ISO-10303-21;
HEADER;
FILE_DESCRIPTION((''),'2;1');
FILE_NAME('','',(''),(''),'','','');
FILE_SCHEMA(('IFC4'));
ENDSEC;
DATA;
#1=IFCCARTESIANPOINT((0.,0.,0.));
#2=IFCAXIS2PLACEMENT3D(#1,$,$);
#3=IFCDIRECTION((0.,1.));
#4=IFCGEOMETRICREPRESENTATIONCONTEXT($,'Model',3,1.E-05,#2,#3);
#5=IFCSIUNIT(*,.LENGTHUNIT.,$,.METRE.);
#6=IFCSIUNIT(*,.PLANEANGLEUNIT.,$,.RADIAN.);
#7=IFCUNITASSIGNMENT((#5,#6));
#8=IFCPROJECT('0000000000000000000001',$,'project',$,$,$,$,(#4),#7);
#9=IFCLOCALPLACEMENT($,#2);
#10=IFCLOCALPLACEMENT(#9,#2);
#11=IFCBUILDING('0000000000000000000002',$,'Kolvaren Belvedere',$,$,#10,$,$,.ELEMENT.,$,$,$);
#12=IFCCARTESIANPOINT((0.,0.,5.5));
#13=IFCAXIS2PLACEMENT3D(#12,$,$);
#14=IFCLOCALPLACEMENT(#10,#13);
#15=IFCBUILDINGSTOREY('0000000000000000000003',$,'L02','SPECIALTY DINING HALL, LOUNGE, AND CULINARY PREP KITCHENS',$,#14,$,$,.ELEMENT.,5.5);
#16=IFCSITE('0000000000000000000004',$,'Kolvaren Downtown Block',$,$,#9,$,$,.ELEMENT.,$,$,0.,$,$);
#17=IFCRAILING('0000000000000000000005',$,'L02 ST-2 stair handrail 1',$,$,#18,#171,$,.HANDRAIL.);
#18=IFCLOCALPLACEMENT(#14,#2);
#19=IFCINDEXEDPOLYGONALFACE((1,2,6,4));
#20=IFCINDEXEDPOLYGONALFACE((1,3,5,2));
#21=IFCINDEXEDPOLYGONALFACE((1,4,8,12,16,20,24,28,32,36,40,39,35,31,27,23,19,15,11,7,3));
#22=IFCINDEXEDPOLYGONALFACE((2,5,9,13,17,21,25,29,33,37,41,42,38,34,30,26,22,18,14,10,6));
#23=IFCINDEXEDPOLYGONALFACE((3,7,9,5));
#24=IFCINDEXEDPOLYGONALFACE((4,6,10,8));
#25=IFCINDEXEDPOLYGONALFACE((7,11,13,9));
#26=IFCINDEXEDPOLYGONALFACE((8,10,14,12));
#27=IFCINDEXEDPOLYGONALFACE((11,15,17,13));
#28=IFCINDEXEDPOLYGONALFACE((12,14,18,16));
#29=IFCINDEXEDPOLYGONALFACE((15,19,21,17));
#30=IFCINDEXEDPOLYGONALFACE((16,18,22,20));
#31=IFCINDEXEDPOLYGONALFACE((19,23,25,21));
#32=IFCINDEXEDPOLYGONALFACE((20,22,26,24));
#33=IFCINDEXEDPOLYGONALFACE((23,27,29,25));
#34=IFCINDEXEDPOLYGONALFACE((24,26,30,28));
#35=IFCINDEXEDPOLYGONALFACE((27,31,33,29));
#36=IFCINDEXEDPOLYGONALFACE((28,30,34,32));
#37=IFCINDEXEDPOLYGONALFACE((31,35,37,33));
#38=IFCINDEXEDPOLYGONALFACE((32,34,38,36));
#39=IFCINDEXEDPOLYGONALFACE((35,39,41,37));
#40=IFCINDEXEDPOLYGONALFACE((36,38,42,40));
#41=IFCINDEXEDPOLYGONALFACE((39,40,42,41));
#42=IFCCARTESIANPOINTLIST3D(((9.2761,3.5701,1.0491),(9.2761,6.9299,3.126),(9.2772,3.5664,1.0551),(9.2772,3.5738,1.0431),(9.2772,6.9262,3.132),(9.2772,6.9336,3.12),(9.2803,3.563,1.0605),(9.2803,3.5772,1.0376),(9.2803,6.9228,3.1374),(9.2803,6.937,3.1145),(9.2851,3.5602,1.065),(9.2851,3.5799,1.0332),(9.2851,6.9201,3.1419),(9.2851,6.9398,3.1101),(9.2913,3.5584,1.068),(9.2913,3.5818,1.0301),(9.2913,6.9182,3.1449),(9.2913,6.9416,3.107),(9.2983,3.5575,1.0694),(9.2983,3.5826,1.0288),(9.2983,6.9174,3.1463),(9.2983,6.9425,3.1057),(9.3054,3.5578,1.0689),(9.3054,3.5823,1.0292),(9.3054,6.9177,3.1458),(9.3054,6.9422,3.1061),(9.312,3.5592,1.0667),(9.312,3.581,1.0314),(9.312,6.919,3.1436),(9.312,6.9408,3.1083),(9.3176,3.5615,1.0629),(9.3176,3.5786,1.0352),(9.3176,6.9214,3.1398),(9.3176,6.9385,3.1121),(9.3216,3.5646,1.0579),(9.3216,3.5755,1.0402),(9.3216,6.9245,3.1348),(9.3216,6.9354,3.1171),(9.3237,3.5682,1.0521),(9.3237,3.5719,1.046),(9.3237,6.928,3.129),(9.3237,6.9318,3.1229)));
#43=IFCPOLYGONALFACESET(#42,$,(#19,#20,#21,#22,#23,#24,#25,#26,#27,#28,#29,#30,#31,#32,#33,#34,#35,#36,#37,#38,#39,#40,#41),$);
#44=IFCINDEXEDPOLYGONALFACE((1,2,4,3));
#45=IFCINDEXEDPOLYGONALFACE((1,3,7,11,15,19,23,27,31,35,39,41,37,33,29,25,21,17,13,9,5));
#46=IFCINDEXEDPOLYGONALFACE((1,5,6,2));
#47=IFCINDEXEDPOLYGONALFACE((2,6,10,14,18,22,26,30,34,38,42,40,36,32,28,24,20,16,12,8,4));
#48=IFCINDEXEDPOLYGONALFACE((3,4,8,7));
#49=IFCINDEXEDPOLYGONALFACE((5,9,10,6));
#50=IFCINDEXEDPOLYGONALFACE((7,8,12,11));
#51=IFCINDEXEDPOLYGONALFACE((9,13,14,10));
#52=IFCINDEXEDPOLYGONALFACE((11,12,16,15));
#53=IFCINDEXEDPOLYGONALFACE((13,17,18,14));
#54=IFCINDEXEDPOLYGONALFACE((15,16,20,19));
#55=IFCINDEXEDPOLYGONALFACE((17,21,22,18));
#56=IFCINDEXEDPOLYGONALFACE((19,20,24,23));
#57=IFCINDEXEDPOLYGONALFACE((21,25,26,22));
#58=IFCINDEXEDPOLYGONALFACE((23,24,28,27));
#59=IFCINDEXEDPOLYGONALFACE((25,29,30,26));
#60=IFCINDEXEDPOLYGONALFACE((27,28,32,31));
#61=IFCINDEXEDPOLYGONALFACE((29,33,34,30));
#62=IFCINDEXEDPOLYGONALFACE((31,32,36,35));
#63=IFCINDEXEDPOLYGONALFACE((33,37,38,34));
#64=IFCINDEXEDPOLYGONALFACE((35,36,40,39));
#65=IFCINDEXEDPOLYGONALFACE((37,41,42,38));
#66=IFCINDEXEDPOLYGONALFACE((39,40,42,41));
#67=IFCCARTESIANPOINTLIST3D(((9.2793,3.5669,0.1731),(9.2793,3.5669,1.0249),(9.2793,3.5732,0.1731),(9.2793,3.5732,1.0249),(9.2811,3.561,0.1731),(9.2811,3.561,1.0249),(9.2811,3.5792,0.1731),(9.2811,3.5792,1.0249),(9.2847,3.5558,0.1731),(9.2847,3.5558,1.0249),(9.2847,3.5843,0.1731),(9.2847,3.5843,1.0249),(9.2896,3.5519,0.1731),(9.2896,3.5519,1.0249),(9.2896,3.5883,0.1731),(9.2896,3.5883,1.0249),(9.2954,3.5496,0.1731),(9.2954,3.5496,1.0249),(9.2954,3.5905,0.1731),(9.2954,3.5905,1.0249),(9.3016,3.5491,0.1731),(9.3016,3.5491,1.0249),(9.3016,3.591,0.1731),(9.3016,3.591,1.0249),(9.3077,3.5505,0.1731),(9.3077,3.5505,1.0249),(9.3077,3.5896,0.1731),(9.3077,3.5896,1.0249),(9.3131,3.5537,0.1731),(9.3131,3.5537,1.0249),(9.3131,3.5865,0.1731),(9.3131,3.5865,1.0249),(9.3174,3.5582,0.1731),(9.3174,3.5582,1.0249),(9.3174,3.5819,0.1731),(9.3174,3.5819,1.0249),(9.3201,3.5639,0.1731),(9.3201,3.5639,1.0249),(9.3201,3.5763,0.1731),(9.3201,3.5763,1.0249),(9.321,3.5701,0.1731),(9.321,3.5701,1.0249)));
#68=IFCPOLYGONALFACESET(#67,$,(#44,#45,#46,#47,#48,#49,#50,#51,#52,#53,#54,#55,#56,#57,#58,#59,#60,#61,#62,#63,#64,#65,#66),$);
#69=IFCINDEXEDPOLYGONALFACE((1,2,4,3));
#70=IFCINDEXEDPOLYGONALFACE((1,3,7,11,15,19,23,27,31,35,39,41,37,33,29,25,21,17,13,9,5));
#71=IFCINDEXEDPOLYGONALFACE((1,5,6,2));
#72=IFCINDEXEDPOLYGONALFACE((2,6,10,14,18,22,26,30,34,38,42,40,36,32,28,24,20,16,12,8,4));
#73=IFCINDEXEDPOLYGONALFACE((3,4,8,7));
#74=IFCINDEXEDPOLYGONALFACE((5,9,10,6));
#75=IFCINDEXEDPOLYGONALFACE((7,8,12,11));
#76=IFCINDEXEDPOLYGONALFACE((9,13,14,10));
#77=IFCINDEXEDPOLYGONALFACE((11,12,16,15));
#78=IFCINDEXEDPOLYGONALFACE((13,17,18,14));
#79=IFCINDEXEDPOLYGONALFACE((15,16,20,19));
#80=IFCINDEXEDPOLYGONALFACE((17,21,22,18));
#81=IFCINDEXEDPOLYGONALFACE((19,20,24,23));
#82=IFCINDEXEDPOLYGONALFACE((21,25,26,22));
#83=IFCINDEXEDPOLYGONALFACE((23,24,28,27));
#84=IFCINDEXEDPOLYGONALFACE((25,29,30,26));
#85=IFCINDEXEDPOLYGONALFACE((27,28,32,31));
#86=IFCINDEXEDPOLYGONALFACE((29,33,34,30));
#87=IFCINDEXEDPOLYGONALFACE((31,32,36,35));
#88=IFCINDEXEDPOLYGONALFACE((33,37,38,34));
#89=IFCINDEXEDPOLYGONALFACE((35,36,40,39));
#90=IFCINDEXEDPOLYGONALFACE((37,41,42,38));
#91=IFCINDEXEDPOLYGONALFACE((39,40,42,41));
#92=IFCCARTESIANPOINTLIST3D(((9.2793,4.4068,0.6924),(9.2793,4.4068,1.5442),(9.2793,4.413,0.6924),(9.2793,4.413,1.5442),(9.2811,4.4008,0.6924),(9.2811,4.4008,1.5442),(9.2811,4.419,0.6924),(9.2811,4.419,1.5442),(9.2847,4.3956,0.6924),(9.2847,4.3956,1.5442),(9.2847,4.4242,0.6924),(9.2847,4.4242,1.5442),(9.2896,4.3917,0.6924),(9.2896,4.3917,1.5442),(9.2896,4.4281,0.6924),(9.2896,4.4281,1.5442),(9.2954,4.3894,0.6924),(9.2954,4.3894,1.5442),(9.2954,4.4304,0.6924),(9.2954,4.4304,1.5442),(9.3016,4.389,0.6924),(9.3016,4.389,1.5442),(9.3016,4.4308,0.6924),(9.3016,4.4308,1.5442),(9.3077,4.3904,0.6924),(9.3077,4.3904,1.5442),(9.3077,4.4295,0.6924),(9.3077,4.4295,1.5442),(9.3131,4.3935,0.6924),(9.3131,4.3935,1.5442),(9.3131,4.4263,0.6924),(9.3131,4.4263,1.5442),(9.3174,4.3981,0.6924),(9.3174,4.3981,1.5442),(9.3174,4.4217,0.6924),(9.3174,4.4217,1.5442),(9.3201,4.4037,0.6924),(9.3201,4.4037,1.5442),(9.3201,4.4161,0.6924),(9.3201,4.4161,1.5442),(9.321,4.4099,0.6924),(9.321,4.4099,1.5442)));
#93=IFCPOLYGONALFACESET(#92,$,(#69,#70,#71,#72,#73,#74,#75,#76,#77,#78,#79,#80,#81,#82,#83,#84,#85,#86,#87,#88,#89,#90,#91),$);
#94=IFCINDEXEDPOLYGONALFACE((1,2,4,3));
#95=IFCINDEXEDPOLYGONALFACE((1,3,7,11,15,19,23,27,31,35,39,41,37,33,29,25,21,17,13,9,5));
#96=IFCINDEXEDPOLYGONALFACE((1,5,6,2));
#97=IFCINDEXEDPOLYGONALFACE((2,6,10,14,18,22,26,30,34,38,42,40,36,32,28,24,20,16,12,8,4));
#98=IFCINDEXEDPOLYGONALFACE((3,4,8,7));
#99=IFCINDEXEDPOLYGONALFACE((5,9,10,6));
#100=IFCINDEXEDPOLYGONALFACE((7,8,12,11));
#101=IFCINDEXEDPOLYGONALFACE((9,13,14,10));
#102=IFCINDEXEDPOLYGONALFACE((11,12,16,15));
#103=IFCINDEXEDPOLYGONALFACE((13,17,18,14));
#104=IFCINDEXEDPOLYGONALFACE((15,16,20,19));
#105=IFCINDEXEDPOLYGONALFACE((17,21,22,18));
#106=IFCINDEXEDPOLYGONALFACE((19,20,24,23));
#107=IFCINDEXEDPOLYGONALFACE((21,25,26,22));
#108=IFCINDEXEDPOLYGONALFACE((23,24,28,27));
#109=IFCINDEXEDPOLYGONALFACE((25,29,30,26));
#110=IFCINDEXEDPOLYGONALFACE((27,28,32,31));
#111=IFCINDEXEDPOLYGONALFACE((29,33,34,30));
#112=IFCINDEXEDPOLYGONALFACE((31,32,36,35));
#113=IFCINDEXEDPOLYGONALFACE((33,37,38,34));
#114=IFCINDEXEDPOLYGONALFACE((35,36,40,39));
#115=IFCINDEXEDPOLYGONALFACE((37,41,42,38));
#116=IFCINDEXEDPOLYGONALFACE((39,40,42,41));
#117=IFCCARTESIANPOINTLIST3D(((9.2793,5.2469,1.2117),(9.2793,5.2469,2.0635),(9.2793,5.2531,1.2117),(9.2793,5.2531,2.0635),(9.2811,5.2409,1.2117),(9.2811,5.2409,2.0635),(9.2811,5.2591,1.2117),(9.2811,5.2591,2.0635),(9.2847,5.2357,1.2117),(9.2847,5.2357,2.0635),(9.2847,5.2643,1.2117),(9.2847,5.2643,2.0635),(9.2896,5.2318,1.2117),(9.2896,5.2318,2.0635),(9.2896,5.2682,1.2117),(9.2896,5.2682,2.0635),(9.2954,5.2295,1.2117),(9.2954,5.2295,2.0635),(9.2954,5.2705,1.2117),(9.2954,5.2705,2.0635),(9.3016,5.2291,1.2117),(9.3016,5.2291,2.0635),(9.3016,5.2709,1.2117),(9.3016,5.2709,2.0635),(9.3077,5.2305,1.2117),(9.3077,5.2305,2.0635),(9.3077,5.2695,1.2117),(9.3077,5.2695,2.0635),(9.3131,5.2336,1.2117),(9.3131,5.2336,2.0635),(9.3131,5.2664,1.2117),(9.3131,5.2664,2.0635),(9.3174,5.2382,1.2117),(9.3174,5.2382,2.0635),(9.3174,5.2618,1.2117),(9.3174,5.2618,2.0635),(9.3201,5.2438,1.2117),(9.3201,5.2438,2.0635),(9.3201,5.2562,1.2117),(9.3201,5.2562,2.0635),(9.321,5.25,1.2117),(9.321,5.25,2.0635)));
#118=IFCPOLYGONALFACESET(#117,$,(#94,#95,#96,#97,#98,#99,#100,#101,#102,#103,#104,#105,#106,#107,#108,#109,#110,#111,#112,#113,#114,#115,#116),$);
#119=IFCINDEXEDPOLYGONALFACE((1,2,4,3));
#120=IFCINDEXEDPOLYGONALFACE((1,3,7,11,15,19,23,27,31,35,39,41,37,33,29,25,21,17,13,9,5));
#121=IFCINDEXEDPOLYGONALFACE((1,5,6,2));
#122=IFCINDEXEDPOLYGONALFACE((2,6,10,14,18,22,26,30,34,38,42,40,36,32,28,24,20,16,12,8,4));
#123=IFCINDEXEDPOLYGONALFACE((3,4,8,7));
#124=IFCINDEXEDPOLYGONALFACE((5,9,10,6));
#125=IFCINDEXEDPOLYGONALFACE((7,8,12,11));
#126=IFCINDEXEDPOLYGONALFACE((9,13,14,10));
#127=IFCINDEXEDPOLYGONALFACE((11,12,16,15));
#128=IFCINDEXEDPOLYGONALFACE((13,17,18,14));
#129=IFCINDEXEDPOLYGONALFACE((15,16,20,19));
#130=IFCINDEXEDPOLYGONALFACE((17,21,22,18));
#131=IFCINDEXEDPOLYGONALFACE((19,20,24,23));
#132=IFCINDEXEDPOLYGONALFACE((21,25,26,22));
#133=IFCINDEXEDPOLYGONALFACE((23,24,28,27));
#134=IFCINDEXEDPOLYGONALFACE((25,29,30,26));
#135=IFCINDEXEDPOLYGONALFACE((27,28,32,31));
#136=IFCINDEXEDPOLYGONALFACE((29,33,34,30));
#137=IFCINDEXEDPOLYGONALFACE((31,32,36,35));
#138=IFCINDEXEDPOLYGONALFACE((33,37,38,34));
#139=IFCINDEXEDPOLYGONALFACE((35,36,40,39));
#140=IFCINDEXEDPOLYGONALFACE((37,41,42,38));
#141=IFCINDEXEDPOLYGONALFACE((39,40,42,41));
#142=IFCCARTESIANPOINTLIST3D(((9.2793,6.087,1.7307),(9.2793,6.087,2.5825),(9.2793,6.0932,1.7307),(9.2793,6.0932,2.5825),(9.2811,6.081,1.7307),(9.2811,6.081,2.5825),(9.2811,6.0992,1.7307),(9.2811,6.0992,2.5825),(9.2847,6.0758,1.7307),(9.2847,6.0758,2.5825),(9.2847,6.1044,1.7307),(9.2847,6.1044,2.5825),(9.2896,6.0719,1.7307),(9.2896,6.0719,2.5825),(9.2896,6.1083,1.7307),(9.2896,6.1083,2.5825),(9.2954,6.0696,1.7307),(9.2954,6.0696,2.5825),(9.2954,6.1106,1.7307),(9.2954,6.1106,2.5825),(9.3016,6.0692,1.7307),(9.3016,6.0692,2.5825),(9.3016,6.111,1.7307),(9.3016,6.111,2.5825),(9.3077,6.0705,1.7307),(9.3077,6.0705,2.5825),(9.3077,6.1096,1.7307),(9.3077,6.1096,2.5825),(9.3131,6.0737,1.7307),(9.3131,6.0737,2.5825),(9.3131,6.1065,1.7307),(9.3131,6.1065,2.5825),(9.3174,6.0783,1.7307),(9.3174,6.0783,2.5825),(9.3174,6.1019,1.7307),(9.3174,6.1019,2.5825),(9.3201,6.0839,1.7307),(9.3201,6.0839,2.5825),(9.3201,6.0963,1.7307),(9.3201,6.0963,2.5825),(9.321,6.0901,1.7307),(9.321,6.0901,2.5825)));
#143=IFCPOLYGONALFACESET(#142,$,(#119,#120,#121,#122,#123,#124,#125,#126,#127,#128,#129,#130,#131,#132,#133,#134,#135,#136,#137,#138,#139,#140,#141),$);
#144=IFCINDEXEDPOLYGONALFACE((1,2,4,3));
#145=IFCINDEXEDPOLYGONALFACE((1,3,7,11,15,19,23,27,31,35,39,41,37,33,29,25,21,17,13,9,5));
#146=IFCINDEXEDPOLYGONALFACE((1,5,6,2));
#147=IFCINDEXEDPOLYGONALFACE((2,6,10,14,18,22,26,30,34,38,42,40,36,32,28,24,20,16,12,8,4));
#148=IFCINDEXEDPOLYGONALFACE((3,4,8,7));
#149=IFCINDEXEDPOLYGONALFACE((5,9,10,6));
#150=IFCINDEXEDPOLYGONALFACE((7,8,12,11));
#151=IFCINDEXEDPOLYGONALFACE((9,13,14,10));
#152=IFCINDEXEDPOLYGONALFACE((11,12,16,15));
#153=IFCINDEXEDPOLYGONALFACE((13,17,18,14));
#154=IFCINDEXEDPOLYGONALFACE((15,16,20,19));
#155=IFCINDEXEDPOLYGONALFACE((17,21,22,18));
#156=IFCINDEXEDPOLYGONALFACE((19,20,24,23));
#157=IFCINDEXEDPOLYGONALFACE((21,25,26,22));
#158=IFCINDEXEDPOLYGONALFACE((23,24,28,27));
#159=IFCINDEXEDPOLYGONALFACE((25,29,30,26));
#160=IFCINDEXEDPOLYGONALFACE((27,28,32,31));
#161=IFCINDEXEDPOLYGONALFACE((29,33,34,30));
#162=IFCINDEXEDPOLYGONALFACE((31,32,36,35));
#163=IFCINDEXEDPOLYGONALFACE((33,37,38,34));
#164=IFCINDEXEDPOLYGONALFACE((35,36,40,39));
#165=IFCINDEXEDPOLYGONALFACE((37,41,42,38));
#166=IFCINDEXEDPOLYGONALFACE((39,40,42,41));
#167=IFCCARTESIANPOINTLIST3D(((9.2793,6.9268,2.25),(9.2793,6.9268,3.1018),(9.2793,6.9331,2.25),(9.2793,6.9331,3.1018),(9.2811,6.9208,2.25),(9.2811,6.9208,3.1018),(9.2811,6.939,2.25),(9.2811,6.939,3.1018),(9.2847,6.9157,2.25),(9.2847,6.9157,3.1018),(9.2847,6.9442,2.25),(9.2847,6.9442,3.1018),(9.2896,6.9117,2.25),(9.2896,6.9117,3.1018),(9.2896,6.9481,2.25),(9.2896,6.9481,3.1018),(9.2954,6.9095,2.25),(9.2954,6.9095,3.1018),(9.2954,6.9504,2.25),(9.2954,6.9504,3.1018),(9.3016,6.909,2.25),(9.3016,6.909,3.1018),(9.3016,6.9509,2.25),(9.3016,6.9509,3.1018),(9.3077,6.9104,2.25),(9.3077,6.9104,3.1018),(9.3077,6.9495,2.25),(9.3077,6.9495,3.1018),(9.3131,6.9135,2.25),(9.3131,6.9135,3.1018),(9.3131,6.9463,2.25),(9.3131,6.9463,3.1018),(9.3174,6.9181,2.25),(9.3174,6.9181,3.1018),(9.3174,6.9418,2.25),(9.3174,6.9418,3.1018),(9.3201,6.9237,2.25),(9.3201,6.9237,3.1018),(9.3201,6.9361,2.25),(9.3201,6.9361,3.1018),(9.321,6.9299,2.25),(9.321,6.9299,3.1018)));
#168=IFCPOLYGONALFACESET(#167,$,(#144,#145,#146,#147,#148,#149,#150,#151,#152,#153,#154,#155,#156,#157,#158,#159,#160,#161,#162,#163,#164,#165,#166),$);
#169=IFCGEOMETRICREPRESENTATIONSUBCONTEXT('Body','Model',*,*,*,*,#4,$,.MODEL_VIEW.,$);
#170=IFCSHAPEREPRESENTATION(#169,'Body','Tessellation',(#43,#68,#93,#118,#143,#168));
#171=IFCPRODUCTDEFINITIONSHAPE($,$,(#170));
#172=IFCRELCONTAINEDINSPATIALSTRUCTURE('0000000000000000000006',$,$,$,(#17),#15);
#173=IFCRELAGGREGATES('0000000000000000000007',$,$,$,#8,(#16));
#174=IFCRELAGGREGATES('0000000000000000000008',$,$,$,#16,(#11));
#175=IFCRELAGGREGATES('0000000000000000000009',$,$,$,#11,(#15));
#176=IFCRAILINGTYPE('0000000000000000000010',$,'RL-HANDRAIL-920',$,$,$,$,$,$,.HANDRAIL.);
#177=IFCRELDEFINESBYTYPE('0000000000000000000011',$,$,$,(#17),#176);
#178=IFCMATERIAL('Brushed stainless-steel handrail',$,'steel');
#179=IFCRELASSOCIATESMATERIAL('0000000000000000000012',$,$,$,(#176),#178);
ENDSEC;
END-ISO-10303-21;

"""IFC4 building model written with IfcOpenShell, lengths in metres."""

from ifc_helpers import new_model, si_unit, direction, frame, origin, origin_2d, place, context, subcontext, project, spatial, circle, extrude, material, type_object, element, save


model = new_model("IFC4")

# Units and contexts
model_context = context("Model", 3, precision=1e-05, world=origin(), true_north=direction((0.0, 1.0)))
body_context = subcontext(model_context, "Body", "Model", "MODEL_VIEW")
ifc_project = project(units=[si_unit("LENGTHUNIT", "METRE"), si_unit("PLANEANGLEUNIT", "RADIAN")], contexts=[model_context])

# Site, building, storey
site_placement = place(None, origin())
site = spatial("IfcSite", under=ifc_project, at=site_placement, Name="Kolvaren Downtown Block", CompositionType="ELEMENT", RefElevation=0.0)
building_placement = place(site_placement, origin())
building = spatial("IfcBuilding", under=site, at=building_placement, Name="Kolvaren Belvedere", CompositionType="ELEMENT")
storey_placement = place(building_placement, frame((0.0, 0.0, 5.5)))
storey = spatial("IfcBuildingStorey", under=building, at=storey_placement, Name="L02", Description="SPECIALTY DINING HALL, LOUNGE, AND CULINARY PREP KITCHENS", CompositionType="ELEMENT", Elevation=5.5)

# Railing
ifc_material_1 = material(Name="Brushed stainless-steel handrail", Category="steel")
railing_type_1 = type_object("IfcRailingType", Name="RL-HANDRAIL-920", PredefinedType="HANDRAIL", material=ifc_material_1)
for number, where, name in (
    (1, (9.3, 3.5701, 0.1731), "L02 ST-2 stair handrail 1"),
):
    element("IfcRailing", number, at=place(storey_placement, frame(where)), inside=storey, type_object=railing_type_1, Name=name, PredefinedType="HANDRAIL", context=body_context, shape_type="SweptSolid", body=[
        extrude(circle(Radius=0.0239, at=origin_2d()), frame((0.0, 0.0, 0.876), z_axis=(0.0, 0.850606, 0.525803), x_axis=(-1.0, 0.0, 0.0)), (0.0, 0.0, 1.0), 3.95),
        extrude(circle(Radius=0.021, at=origin_2d()), origin(), (0.0, 0.0, 1.0), 0.8518),
        extrude(circle(Radius=0.021, at=origin_2d()), frame((0.0, 0.8398, 0.5193)), (0.0, 0.0, 1.0), 0.8518),
        extrude(circle(Radius=0.021, at=origin_2d()), frame((0.0, 1.6799, 1.0386)), (0.0, 0.0, 1.0), 0.8518),
        extrude(circle(Radius=0.021, at=origin_2d()), frame((0.0, 2.52, 1.5576)), (0.0, 0.0, 1.0), 0.8518),
        extrude(circle(Radius=0.021, at=origin_2d()), frame((0.0, 3.3599, 2.0769)), (0.0, 0.0, 1.0), 0.8518),
    ])

save(model, "model.ifc")
